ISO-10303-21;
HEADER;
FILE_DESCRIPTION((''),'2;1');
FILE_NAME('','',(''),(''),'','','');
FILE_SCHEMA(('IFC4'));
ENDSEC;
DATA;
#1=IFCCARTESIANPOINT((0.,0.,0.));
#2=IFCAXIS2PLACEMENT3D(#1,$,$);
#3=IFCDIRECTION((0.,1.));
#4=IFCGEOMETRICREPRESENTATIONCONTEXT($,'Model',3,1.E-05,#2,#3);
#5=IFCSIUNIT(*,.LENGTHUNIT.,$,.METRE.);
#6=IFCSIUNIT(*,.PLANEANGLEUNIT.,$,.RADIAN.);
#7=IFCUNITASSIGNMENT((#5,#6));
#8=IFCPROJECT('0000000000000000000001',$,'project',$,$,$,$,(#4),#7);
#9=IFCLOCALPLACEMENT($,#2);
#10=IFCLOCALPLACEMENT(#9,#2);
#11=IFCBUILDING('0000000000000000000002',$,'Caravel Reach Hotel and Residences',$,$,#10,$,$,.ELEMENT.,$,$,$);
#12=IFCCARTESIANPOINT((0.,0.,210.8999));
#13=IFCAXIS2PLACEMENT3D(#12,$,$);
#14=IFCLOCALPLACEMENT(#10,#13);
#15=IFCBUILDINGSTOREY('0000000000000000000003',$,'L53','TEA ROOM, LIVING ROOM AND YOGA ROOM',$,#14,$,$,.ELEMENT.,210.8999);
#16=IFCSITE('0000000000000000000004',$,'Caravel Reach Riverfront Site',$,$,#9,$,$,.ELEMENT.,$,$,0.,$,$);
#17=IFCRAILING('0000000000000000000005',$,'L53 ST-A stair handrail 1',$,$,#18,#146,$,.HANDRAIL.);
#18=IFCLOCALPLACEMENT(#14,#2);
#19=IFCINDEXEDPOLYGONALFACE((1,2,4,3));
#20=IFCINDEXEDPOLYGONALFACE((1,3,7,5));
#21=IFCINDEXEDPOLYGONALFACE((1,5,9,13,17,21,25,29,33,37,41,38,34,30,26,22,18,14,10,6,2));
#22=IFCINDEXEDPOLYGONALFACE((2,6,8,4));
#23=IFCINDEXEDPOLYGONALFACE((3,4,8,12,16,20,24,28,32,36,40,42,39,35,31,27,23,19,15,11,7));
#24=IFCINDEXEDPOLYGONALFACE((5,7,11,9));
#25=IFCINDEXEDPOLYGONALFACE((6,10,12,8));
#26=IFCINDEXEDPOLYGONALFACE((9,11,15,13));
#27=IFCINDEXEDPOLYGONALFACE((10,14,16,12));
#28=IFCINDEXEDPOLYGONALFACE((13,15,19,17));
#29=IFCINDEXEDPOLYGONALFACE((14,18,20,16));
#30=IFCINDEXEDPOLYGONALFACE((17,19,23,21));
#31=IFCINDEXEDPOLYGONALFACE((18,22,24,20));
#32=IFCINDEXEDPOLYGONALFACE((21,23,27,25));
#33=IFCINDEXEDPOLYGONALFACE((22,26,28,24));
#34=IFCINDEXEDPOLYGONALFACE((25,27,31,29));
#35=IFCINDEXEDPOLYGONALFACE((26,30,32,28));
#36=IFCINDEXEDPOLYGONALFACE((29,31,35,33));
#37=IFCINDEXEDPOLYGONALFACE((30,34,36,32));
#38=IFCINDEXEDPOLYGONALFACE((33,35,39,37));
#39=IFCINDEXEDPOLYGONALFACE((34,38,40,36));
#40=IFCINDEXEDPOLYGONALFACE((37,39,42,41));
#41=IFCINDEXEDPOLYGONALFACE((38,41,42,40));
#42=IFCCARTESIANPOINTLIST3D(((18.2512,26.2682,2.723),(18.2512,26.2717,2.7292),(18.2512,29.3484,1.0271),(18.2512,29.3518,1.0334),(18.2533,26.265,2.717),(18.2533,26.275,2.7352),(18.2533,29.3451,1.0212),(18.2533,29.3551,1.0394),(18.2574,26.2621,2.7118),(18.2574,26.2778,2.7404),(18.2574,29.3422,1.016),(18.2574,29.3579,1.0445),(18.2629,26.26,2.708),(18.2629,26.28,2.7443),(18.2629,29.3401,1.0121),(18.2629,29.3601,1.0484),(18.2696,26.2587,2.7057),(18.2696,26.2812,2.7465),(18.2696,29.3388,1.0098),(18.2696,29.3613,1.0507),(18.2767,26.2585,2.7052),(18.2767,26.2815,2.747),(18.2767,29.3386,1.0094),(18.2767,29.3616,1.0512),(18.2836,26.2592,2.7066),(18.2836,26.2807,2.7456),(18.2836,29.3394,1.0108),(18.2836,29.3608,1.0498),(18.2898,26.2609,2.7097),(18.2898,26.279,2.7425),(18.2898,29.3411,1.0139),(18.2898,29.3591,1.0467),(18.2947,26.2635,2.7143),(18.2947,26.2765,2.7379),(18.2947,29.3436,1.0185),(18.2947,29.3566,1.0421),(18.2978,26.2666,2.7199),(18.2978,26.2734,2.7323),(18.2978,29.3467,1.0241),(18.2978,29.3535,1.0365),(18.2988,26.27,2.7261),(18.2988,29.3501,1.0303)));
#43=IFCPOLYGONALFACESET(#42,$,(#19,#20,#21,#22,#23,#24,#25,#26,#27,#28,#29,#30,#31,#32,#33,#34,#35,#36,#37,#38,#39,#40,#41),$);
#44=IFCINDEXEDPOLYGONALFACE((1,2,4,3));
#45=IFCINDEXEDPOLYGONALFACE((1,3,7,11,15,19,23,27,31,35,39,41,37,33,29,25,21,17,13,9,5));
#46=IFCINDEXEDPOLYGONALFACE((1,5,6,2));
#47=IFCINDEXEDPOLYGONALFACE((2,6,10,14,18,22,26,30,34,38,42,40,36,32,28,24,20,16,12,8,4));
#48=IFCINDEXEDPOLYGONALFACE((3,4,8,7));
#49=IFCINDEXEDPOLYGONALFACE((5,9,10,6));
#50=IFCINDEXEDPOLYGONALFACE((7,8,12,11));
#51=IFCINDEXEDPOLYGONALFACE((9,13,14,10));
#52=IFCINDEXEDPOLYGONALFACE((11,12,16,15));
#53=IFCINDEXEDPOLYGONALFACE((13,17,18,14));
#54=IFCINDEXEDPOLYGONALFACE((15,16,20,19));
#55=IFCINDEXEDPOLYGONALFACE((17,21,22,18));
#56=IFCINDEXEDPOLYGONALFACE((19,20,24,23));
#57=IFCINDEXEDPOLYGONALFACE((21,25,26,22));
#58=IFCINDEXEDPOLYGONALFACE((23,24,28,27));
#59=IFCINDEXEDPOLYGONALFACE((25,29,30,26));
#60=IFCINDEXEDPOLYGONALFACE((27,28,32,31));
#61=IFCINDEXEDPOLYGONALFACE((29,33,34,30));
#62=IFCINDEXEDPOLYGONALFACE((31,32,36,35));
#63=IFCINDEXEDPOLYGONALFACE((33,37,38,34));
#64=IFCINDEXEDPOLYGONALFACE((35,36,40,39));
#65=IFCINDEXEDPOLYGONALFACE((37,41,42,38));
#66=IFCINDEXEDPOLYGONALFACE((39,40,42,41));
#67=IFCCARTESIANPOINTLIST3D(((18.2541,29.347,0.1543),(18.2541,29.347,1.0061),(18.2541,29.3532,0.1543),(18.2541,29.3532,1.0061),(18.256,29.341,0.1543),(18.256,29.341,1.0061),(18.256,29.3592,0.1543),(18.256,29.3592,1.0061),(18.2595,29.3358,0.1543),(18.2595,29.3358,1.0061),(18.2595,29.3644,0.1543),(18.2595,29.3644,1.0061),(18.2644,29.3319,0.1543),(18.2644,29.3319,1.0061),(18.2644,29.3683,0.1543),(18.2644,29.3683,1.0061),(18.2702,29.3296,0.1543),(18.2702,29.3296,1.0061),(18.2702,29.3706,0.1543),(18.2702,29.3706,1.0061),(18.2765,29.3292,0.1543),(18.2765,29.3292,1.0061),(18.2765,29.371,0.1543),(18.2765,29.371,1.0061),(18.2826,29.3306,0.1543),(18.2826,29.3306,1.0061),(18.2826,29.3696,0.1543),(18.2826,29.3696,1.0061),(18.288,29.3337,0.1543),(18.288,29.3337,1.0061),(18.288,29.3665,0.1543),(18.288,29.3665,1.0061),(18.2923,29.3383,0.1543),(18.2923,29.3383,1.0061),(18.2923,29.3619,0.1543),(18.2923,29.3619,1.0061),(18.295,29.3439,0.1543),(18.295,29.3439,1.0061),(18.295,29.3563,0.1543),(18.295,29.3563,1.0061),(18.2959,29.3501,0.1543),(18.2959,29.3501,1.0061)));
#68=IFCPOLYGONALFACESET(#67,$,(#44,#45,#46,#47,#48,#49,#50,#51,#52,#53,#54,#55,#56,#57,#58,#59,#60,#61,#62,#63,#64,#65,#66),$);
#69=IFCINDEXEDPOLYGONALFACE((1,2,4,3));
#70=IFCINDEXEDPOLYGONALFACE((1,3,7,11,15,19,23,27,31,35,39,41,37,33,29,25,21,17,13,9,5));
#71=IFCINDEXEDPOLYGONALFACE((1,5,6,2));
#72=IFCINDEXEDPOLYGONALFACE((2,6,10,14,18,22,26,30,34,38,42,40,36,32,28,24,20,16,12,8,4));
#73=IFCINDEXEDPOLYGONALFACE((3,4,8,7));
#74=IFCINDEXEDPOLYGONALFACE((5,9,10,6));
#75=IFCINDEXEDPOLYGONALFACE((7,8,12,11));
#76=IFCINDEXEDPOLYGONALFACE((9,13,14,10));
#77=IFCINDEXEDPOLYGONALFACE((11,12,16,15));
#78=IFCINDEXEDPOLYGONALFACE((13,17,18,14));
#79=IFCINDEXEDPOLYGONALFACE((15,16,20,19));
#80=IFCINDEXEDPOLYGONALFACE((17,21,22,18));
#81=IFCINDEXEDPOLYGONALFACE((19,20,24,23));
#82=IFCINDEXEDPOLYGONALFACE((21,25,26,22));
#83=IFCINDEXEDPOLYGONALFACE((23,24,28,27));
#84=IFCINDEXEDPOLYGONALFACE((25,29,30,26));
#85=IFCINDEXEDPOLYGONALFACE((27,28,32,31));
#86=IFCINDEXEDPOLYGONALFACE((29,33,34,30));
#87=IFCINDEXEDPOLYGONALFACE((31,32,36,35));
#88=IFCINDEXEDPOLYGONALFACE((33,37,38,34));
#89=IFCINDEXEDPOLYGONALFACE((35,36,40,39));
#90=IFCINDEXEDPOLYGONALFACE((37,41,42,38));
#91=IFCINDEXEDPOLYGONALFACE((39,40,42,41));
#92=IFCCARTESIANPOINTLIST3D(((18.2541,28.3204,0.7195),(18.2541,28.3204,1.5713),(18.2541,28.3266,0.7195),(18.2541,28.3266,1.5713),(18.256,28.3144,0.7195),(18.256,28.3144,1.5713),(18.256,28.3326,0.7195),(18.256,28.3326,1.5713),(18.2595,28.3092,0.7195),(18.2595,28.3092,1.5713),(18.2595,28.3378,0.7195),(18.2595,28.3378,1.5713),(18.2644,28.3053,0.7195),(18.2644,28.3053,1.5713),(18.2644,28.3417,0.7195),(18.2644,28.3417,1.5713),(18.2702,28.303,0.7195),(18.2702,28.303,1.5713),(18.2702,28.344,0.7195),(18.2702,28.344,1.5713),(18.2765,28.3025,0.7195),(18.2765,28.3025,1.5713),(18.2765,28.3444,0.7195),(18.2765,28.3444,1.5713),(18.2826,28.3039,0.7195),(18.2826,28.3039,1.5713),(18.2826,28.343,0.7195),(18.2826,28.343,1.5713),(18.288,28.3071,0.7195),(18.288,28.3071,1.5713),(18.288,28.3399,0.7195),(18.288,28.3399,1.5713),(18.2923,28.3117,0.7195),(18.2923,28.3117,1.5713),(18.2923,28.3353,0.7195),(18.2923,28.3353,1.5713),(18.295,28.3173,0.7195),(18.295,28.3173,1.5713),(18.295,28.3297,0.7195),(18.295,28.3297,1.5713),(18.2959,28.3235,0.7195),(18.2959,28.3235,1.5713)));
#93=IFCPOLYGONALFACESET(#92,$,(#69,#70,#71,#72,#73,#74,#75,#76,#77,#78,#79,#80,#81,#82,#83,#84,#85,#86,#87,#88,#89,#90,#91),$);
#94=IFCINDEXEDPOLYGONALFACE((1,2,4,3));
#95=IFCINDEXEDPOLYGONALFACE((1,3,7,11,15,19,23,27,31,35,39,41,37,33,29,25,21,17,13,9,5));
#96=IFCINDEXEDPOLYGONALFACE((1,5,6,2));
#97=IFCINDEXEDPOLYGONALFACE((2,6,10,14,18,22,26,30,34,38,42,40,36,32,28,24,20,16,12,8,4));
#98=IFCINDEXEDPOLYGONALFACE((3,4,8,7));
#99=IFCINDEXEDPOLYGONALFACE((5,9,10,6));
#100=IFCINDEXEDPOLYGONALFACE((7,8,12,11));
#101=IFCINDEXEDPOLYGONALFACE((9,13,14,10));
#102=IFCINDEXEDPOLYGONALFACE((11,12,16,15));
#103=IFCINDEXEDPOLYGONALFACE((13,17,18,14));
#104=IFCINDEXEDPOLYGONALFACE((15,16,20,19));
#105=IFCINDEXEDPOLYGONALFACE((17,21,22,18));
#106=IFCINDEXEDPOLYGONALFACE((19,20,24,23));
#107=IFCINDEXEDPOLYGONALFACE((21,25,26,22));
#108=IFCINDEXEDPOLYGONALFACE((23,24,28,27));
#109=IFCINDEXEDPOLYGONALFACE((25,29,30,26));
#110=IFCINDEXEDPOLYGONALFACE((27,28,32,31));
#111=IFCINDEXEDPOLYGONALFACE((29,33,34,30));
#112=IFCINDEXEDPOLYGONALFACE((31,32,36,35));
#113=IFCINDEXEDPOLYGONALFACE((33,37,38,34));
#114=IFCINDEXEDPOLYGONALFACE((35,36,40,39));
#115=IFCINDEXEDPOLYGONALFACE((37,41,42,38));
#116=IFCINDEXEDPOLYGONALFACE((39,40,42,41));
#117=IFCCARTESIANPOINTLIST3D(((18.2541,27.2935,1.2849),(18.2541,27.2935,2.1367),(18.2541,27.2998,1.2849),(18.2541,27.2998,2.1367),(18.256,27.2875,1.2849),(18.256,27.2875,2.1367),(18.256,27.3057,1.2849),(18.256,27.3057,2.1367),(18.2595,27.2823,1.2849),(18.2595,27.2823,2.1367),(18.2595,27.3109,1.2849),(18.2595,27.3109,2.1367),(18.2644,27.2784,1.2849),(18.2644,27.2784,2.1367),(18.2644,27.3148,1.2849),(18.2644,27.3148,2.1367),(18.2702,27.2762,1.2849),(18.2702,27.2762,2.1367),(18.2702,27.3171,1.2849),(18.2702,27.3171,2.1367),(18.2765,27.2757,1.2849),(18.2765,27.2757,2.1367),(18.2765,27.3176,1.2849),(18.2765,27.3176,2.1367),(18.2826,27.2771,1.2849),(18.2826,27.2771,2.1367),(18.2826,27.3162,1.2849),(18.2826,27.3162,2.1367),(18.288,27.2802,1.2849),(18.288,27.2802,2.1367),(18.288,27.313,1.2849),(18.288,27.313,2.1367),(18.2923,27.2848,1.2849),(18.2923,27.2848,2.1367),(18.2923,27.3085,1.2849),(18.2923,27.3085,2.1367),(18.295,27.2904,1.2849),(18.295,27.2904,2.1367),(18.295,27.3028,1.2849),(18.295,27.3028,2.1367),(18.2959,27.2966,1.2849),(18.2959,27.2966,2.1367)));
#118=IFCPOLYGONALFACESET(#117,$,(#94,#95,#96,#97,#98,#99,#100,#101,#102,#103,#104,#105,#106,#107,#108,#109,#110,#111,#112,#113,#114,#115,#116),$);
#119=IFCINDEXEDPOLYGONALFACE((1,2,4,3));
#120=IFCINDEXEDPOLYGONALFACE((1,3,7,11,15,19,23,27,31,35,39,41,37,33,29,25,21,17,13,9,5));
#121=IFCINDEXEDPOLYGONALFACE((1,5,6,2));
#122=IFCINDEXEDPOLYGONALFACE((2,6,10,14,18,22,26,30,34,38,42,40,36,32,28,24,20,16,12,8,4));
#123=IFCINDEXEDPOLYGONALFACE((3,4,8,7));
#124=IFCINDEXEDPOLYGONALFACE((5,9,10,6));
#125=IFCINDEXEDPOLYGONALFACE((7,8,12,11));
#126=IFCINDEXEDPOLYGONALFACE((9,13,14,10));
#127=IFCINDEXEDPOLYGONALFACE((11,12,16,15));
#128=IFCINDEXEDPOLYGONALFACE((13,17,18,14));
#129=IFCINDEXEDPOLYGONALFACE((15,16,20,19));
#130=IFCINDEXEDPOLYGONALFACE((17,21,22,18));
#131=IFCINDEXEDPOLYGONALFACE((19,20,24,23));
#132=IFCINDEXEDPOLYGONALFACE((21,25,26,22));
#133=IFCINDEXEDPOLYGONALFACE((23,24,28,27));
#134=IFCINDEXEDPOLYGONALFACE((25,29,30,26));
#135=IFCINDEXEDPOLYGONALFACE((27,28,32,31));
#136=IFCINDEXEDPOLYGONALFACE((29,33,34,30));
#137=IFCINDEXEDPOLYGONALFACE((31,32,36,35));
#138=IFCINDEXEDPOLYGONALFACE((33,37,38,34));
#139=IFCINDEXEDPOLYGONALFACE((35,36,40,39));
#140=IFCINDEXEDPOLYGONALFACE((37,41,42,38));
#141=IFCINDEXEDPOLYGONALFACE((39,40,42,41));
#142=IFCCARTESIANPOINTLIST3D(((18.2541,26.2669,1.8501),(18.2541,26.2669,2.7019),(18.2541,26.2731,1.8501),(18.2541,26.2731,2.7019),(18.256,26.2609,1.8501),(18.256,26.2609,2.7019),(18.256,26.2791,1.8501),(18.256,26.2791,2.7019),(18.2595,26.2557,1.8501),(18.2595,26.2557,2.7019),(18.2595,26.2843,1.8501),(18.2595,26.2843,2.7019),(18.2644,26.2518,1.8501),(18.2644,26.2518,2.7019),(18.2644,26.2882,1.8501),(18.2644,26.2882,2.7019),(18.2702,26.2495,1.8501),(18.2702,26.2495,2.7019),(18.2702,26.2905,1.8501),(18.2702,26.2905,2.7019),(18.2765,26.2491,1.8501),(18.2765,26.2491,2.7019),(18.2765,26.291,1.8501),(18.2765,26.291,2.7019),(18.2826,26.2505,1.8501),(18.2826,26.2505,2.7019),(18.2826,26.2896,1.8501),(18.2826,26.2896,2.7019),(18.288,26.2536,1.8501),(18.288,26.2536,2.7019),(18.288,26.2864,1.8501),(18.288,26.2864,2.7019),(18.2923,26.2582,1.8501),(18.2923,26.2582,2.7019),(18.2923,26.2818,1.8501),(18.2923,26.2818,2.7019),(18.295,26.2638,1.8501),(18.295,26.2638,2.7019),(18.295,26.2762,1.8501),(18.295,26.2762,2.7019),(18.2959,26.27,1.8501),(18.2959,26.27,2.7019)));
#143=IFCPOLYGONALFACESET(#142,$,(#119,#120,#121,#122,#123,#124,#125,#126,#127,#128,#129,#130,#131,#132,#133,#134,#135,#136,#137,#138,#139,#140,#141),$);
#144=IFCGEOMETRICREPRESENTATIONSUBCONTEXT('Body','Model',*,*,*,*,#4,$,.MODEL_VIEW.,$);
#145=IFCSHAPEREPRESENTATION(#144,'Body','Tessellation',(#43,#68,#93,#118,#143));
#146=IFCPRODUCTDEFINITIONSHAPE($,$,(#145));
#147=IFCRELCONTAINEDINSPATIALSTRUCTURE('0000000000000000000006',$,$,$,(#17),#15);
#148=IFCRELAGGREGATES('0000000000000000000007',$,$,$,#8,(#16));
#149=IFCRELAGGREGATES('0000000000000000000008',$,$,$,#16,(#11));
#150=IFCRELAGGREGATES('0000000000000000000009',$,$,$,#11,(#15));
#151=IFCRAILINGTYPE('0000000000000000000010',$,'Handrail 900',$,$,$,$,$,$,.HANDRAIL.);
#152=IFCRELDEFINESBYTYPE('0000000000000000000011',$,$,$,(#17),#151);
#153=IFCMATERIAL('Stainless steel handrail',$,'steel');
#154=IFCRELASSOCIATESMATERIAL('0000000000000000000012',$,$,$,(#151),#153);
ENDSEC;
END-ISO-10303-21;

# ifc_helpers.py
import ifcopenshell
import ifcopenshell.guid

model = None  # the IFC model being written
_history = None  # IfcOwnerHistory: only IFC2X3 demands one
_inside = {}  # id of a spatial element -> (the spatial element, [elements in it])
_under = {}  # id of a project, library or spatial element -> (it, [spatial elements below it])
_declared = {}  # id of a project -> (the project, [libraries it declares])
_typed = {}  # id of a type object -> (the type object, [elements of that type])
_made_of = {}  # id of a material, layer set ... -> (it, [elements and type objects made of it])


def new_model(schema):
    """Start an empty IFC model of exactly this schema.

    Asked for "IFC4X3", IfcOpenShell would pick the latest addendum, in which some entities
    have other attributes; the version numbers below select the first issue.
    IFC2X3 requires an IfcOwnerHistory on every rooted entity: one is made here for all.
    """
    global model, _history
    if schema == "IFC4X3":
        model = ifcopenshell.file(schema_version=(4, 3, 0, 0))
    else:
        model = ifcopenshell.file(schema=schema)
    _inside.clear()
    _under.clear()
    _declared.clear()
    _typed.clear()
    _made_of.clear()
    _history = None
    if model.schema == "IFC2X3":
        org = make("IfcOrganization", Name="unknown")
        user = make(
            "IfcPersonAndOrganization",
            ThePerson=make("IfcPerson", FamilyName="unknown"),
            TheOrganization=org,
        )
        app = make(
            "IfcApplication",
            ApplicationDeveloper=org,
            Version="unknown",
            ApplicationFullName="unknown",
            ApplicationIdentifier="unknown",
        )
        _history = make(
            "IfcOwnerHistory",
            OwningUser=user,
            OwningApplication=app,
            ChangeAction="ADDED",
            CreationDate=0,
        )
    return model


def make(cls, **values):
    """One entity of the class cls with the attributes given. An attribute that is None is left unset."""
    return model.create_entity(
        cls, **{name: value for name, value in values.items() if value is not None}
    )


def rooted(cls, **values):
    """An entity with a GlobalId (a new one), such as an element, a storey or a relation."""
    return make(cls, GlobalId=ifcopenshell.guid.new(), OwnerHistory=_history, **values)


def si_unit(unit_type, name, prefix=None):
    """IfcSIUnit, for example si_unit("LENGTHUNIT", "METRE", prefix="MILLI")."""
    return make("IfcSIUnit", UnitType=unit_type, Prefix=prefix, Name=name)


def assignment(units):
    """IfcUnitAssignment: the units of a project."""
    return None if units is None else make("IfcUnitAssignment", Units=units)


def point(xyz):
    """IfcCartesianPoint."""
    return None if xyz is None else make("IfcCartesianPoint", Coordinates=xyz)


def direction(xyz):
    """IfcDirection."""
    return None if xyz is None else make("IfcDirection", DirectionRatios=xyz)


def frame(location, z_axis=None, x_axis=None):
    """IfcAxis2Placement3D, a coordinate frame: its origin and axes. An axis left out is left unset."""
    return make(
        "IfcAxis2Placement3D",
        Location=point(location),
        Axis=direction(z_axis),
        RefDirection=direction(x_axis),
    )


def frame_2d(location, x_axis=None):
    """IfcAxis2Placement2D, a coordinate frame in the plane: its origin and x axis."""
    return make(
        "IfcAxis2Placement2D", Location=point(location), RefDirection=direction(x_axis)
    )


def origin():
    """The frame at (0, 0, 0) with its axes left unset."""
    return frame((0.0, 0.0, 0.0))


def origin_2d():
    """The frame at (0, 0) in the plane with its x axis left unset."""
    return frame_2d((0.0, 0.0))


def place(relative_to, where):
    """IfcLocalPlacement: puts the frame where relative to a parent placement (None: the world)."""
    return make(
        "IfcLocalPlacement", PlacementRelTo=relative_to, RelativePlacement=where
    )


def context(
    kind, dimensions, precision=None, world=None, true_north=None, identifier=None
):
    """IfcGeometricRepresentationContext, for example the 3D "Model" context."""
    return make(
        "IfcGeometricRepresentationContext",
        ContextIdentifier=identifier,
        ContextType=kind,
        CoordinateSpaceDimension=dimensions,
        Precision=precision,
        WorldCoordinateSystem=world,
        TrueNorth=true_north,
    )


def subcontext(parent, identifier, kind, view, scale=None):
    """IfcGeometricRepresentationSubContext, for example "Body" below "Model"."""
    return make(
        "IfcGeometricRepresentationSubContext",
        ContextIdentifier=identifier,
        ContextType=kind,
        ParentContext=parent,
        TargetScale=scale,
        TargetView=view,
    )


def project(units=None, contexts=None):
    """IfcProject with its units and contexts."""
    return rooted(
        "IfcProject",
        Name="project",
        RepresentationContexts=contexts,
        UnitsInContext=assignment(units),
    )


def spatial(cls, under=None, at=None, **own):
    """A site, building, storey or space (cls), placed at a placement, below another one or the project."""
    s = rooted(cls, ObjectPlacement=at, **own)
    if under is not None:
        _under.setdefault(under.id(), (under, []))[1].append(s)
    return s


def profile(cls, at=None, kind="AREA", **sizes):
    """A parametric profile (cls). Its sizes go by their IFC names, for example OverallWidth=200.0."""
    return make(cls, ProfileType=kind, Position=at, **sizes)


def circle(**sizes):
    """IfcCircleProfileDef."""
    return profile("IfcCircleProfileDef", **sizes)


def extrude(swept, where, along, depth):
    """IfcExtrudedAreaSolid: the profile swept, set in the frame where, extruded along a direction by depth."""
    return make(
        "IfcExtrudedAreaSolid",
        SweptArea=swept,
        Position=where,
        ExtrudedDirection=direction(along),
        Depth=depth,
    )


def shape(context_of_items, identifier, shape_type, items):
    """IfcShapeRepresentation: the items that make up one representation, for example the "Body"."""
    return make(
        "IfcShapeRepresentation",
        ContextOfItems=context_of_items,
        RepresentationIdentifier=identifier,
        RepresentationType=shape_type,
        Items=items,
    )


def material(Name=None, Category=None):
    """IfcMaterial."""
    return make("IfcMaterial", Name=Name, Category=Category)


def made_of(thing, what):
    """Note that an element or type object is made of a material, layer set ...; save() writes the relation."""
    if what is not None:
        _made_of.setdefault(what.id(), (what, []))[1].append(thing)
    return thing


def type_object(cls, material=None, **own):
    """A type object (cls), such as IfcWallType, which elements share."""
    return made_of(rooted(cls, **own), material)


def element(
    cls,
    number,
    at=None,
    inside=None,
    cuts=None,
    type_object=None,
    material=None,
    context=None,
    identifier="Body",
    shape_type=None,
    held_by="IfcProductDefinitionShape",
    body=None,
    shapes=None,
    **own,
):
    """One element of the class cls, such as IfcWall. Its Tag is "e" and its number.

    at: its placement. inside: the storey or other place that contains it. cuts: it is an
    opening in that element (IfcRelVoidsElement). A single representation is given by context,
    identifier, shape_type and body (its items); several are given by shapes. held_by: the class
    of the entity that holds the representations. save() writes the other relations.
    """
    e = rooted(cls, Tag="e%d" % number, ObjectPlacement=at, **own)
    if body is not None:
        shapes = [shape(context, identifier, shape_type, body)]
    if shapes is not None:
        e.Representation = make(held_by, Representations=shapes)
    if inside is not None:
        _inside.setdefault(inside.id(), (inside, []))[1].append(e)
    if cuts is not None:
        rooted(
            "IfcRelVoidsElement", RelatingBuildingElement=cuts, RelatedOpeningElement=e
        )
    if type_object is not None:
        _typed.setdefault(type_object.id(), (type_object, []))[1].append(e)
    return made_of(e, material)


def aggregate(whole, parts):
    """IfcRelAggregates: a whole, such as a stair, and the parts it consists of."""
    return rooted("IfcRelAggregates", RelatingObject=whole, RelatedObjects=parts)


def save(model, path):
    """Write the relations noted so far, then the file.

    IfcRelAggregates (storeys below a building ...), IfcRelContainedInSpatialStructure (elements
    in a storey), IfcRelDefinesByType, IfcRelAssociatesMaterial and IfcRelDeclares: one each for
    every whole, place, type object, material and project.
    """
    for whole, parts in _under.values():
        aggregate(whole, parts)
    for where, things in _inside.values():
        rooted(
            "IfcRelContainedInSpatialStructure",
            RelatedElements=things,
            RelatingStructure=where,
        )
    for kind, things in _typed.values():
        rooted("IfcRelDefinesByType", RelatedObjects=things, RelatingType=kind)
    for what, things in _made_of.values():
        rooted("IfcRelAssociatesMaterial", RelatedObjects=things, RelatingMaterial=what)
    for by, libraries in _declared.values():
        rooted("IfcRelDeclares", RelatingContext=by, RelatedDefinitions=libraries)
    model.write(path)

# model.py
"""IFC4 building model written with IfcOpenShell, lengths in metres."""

from ifc_helpers import new_model, si_unit, direction, frame, origin, origin_2d, place, context, subcontext, project, spatial, circle, extrude, material, type_object, element, save


model = new_model("IFC4")

# Units and contexts
model_context = context("Model", 3, precision=1e-05, world=origin(), true_north=direction((0.0, 1.0)))
body_context = subcontext(model_context, "Body", "Model", "MODEL_VIEW")
ifc_project = project(units=[si_unit("LENGTHUNIT", "METRE"), si_unit("PLANEANGLEUNIT", "RADIAN")], contexts=[model_context])

# Site, building, storey
site_placement = place(None, origin())
site = spatial("IfcSite", under=ifc_project, at=site_placement, Name="Caravel Reach Riverfront Site", CompositionType="ELEMENT", RefElevation=0.0)
building_placement = place(site_placement, origin())
building = spatial("IfcBuilding", under=site, at=building_placement, Name="Caravel Reach Hotel and Residences", CompositionType="ELEMENT")
storey_placement = place(building_placement, frame((0.0, 0.0, 210.8999)))
storey = spatial("IfcBuildingStorey", under=building, at=storey_placement, Name="L53", Description="TEA ROOM, LIVING ROOM AND YOGA ROOM", CompositionType="ELEMENT", Elevation=210.8999)

# Railing
ifc_material_1 = material(Name="Stainless steel handrail", Category="steel")
railing_type_1 = type_object("IfcRailingType", Name="Handrail 900", PredefinedType="HANDRAIL", material=ifc_material_1)
railing_1_placement = place(storey_placement, frame((18.2749, 29.3501, 0.1543)))
element("IfcRailing", 1, at=railing_1_placement, inside=storey, type_object=railing_type_1, Name="L53 ST-A stair handrail 1", PredefinedType="HANDRAIL", context=body_context, shape_type="SweptSolid", body=[
    extrude(circle(Radius=0.0239, at=origin_2d()), frame((0.0, 0.0, 0.876), z_axis=(0.0, -0.876005, 0.482303), x_axis=(1.0, 0.0, 0.0)), (0.0, 0.0, 1.0), 3.5161),
    extrude(circle(Radius=0.021, at=origin_2d()), origin(), (0.0, 0.0, 1.0), 0.8518),
    extrude(circle(Radius=0.021, at=origin_2d()), frame((0.0, -1.0266, 0.5652)), (0.0, 0.0, 1.0), 0.8518),
    extrude(circle(Radius=0.021, at=origin_2d()), frame((0.0, -2.0535, 1.1306)), (0.0, 0.0, 1.0), 0.8518),
    extrude(circle(Radius=0.021, at=origin_2d()), frame((0.0, -3.0801, 1.6958)), (0.0, 0.0, 1.0), 0.8518),
])

save(model, "model.ifc")
